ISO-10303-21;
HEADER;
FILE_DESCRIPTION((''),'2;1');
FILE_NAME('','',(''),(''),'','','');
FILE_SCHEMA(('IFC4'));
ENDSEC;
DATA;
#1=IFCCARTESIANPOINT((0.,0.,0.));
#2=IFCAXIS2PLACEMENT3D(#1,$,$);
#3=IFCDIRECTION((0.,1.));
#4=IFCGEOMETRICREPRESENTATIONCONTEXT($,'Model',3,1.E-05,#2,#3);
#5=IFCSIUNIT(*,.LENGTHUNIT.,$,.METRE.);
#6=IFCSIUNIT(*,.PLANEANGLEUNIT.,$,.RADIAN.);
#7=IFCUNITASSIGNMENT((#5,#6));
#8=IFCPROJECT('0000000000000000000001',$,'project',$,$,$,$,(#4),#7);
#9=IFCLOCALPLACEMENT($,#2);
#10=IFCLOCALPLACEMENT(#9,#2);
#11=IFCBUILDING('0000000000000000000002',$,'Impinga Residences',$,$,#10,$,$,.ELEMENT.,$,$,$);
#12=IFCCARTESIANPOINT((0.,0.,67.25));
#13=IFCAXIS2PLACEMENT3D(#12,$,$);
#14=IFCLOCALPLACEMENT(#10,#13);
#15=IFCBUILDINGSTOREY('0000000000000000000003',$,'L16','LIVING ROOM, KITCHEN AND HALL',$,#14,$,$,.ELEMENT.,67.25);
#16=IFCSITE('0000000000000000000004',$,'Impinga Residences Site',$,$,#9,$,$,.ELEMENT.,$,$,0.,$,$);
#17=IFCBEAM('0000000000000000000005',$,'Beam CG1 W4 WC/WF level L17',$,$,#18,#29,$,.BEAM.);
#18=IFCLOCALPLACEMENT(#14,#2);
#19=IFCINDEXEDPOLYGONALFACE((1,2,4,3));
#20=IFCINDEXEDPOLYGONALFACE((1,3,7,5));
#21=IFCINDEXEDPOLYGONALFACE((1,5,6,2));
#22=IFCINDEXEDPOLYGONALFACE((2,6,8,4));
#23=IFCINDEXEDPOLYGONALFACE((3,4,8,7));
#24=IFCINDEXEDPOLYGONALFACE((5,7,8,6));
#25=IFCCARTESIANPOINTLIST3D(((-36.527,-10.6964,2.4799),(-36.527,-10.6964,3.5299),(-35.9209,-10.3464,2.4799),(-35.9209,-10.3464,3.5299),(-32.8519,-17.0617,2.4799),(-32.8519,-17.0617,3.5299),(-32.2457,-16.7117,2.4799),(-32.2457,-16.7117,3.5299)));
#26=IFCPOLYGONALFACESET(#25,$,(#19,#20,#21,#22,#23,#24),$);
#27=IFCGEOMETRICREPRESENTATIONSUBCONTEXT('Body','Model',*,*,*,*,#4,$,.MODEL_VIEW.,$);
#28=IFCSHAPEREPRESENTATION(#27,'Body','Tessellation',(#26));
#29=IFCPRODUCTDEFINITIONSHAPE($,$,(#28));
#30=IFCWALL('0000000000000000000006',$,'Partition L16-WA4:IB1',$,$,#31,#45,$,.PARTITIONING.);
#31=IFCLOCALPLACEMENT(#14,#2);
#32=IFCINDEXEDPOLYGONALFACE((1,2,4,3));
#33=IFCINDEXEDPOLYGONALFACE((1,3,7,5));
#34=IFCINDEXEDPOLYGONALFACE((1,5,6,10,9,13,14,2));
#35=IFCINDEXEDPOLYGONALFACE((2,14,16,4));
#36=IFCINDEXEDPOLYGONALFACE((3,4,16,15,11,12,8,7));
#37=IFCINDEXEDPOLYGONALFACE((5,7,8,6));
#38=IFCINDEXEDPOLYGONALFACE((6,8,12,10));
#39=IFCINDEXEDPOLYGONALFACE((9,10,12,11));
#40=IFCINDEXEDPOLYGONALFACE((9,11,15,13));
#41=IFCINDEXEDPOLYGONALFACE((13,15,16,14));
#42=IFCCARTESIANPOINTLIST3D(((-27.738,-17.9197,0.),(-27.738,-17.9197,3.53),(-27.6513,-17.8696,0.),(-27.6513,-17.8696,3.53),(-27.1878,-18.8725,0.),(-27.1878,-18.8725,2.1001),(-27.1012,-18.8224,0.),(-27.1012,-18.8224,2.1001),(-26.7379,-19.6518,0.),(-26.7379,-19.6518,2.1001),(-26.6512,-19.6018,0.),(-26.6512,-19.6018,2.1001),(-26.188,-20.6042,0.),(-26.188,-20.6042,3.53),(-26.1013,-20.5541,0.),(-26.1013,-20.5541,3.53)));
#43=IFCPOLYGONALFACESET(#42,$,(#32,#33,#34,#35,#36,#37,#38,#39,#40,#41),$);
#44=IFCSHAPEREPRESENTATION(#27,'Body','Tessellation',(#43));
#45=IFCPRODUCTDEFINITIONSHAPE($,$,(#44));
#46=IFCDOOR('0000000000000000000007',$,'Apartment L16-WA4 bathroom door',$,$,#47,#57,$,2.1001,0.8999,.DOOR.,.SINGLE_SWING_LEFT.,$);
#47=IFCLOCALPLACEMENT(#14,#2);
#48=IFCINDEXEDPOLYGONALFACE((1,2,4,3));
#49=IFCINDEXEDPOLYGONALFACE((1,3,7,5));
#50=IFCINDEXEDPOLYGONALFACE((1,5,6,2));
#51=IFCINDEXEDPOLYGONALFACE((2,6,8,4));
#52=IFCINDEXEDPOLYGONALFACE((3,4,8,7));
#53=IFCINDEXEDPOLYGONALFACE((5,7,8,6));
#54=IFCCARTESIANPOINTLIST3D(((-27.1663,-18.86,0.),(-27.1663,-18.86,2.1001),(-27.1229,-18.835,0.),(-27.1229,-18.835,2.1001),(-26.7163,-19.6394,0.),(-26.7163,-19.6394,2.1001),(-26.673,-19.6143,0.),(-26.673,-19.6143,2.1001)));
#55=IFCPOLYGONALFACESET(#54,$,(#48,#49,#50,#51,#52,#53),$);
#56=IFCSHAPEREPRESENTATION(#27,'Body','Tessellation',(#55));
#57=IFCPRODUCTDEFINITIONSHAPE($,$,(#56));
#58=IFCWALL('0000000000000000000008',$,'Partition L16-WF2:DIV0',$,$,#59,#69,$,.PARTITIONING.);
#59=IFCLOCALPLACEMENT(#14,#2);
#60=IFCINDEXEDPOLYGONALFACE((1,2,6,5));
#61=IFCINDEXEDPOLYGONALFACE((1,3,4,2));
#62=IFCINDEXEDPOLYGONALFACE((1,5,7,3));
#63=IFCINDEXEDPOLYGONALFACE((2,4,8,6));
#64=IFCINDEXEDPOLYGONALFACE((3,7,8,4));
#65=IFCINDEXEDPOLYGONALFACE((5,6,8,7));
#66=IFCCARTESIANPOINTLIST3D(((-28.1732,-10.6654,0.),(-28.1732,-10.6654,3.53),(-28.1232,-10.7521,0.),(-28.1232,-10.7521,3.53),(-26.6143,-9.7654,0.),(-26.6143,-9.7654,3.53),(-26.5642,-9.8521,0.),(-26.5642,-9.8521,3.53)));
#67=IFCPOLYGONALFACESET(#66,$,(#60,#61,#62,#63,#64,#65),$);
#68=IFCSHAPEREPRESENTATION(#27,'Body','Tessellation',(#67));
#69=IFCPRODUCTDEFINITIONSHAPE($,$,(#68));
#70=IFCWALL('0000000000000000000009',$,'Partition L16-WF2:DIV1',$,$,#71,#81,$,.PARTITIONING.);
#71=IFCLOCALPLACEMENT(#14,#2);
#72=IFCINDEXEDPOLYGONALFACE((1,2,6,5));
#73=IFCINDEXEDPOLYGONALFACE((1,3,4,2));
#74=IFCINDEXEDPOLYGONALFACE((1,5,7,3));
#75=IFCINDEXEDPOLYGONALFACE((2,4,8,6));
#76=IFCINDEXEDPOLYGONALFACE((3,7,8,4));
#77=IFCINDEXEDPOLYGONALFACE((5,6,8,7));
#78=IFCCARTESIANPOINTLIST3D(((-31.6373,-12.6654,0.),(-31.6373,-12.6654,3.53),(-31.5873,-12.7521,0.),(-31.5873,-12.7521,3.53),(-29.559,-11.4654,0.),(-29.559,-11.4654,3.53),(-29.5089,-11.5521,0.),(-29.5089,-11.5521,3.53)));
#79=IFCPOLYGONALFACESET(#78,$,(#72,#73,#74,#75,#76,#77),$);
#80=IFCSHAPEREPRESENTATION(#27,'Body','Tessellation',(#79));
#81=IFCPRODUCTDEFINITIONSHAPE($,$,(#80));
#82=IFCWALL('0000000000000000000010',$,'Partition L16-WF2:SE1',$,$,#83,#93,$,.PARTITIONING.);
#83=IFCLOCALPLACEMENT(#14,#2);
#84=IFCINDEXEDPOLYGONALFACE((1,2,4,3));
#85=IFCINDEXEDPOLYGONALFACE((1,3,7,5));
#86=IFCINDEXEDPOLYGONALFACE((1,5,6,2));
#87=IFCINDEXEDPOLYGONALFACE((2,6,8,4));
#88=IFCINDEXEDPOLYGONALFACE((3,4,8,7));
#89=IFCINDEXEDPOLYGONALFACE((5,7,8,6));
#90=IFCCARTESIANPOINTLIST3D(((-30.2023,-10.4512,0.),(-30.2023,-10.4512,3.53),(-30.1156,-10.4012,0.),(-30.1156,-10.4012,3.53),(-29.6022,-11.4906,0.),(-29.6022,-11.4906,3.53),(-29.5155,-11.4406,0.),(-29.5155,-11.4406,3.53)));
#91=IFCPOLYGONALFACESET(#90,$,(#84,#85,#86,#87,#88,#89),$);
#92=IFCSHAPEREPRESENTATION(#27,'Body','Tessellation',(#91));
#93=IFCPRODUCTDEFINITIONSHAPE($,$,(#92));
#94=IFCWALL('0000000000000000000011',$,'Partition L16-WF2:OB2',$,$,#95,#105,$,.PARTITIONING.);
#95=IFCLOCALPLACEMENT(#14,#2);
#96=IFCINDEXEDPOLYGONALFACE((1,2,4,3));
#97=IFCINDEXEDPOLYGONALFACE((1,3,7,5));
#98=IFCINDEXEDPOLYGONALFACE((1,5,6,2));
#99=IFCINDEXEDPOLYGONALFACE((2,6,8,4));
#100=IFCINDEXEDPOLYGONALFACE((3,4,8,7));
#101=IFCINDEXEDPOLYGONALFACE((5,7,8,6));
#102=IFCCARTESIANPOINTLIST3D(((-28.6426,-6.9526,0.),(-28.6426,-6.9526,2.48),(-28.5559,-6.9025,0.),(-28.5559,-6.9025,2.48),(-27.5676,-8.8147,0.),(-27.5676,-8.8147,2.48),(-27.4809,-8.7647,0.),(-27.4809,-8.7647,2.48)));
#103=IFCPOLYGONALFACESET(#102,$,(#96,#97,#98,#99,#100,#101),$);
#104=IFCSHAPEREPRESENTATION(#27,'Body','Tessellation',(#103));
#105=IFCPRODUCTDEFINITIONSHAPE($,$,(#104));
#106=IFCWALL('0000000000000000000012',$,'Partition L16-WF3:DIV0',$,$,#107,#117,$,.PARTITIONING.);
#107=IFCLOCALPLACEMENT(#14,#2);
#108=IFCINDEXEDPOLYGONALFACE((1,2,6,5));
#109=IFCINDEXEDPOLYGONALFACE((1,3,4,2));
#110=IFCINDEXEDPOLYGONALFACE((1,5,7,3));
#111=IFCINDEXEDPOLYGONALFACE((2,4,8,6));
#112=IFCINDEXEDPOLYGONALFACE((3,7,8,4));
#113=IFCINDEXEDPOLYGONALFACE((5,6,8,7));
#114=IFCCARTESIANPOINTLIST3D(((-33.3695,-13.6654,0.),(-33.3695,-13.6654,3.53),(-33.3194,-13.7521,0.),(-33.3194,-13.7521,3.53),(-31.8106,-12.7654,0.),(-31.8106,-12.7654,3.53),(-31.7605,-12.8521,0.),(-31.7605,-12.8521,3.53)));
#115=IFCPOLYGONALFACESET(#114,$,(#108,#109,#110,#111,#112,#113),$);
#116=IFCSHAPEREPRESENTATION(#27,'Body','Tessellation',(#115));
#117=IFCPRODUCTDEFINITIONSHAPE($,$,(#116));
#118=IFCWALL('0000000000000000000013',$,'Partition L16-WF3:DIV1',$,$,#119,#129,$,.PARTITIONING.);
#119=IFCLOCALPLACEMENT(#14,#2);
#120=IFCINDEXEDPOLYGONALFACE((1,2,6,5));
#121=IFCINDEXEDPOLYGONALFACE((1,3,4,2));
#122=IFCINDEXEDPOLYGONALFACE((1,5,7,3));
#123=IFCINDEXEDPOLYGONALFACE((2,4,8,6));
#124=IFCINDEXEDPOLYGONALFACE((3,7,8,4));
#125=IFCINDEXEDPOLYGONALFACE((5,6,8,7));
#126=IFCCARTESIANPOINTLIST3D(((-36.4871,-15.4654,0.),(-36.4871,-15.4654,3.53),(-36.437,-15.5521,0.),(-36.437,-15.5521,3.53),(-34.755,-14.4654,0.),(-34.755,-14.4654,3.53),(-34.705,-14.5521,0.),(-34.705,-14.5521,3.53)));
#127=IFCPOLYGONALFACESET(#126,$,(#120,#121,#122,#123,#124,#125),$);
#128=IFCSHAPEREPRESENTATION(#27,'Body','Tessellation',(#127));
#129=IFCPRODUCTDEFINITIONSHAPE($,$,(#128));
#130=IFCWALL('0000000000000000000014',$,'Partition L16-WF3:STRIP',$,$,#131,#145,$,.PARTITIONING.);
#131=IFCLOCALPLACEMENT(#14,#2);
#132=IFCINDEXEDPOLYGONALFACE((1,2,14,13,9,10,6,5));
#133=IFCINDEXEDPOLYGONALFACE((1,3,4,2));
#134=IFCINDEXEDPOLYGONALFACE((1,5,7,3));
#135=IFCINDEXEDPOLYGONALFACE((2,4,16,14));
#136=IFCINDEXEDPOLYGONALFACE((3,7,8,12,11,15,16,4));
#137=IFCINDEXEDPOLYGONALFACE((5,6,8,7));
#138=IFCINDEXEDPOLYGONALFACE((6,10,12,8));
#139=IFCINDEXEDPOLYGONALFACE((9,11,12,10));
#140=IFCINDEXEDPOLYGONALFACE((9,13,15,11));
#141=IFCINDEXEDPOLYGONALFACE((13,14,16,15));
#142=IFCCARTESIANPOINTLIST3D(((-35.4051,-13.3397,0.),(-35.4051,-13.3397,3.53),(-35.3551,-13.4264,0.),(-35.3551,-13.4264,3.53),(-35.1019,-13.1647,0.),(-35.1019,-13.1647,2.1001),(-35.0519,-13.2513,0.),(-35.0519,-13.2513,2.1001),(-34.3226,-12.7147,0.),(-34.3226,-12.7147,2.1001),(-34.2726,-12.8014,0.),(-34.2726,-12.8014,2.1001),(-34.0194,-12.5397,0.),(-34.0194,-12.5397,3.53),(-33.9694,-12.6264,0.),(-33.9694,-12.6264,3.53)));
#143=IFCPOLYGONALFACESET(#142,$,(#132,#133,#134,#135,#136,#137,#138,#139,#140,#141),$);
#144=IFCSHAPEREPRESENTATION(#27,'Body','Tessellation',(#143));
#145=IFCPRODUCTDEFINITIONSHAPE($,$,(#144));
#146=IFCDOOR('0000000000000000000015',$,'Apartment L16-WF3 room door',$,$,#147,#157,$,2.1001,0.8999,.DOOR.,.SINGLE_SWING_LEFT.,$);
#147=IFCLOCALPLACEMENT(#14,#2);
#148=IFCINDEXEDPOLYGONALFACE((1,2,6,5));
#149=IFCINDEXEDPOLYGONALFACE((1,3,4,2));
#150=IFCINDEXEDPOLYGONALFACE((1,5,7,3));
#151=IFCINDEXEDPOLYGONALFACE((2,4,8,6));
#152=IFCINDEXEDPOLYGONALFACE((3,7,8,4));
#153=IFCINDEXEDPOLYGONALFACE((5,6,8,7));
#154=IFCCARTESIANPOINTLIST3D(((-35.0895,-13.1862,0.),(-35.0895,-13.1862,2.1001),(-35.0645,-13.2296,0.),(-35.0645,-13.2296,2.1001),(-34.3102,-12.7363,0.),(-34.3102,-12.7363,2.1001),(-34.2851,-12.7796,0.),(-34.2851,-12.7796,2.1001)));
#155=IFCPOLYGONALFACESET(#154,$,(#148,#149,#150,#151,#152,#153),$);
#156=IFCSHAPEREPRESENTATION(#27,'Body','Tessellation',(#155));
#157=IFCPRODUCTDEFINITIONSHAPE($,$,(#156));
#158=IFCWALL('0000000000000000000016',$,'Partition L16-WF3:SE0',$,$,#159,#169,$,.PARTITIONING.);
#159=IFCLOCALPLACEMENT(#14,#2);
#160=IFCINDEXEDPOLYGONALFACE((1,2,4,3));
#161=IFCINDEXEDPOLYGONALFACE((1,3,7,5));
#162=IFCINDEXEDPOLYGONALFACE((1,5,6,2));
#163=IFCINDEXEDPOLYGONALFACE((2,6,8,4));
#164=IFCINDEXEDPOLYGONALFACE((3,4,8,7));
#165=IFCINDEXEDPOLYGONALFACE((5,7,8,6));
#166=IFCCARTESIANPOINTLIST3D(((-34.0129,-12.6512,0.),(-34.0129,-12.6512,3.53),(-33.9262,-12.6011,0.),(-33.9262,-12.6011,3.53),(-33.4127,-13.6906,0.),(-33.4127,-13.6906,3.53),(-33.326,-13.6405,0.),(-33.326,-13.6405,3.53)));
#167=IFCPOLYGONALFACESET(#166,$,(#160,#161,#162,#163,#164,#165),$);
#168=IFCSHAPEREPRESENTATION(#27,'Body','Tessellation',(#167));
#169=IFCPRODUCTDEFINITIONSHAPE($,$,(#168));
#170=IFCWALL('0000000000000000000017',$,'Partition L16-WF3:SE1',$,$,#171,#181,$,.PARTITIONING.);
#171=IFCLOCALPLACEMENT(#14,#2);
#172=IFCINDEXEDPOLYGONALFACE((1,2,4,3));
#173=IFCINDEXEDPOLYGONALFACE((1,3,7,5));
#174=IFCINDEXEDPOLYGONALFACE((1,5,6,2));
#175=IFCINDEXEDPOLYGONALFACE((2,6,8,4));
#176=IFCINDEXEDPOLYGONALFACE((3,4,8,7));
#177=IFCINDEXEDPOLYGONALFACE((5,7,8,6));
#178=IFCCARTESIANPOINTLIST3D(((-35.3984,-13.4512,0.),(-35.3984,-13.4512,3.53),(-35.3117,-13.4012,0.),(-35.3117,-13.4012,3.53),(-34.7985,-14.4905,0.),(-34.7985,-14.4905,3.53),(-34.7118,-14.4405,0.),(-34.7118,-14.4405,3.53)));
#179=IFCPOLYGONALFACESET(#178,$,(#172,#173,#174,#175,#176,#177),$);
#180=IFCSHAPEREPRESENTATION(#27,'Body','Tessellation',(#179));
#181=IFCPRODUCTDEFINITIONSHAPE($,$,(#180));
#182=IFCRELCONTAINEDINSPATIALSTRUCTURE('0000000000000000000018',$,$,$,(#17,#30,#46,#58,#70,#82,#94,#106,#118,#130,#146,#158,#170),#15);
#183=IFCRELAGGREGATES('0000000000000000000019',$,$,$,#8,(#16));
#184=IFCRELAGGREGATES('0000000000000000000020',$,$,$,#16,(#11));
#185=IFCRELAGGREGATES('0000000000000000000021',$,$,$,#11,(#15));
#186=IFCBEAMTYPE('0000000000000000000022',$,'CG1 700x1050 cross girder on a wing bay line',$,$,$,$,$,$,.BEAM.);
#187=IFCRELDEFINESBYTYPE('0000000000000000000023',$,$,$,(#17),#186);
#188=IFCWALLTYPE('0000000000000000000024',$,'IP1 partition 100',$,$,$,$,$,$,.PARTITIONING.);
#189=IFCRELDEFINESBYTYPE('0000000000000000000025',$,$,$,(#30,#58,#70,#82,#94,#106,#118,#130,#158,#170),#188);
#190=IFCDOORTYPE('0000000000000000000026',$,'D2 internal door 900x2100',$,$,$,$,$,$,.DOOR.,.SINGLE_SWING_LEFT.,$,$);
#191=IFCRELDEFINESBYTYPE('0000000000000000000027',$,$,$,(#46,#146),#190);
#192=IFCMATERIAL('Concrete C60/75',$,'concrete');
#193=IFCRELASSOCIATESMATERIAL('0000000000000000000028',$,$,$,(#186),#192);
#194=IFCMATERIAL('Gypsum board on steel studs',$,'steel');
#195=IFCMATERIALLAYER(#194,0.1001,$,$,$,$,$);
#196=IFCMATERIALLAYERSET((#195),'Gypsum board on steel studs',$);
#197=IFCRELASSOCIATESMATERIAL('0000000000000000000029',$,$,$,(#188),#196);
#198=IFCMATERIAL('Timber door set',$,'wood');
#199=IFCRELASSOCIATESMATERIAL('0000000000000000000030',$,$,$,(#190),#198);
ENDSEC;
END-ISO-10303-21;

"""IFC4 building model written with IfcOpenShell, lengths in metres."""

from ifc_helpers import new_model, si_unit, direction, frame, frame_2d, origin, origin_2d, place, context, subcontext, project, spatial, rectangle, extrude, material, layer, layer_set, material_profile, profile_set, type_object, element, fill, save


model = new_model("IFC4")

# Units and contexts
model_context = context("Model", 3, precision=1e-05, world=origin(), true_north=direction((0.0, 1.0)))
body_context = subcontext(model_context, "Body", "Model", "MODEL_VIEW")
ifc_project = project(units=[si_unit("LENGTHUNIT", "METRE"), si_unit("PLANEANGLEUNIT", "RADIAN")], contexts=[model_context])

# Site, building, storey
site_placement = place(None, origin())
site = spatial("IfcSite", under=ifc_project, at=site_placement, Name="Impinga Residences Site", CompositionType="ELEMENT", RefElevation=0.0)
building_placement = place(site_placement, origin())
building = spatial("IfcBuilding", under=site, at=building_placement, Name="Impinga Residences", CompositionType="ELEMENT")
storey_placement = place(building_placement, frame((0.0, 0.0, 67.25)))
storey = spatial("IfcBuildingStorey", under=building, at=storey_placement, Name="L16", Description="LIVING ROOM, KITCHEN AND HALL", CompositionType="ELEMENT", Elevation=67.25)

# Beam
ifc_material_1 = material(Name="Concrete C60/75", Category="concrete")
ifc_material_profile = material_profile(ifc_material_1, rectangle(XDim=0.7, YDim=1.05, at=origin_2d()), Name="RC 700x1050")
ifc_profile_set = profile_set([ifc_material_profile], Name="Concrete C60/75")
beam_type = type_object("IfcBeamType", Name="CG1 700x1050 cross girder on a wing bay line", PredefinedType="BEAM", material=ifc_profile_set)
beam_placement = place(storey_placement, frame((-32.5488, -16.8867, 3.0049), z_axis=(-0.500008, 0.866021, 0.0), x_axis=(-0.866021, -0.500008, 0.0)))
element("IfcBeam", 1, at=beam_placement, inside=storey, type_object=beam_type, Name="Beam CG1 W4 WC/WF level L17", PredefinedType="BEAM", context=body_context, shape_type="SweptSolid", body=[
    extrude(rectangle(XDim=0.7, YDim=1.05, at=origin_2d()), origin(), (0.0, 0.0, 1.0), 7.3501),
])

# Wall, opening, door
ifc_material_2 = material(Name="Gypsum board on steel studs", Category="steel")
ifc_layer_1 = layer(ifc_material_2, 0.1001)
ifc_layer_set_1 = layer_set([ifc_layer_1], Name="Gypsum board on steel studs")
wall_type_1 = type_object("IfcWallType", Name="IP1 partition 100", PredefinedType="PARTITIONING", material=ifc_layer_set_1)
wall_1_placement = place(storey_placement, frame((-27.6946, -17.8948, 0.0), z_axis=(0.0, 0.0, 1.0), x_axis=(0.500027, -0.86601, 0.0)))
wall_1 = element("IfcWall", 2, at=wall_1_placement, inside=storey, type_object=wall_type_1, Name="Partition L16-WA4:IB1", PredefinedType="PARTITIONING", context=body_context, shape_type="SweptSolid", body=[
    extrude(rectangle(XDim=3.0999, YDim=0.1001, at=frame_2d((1.5498, 0.0))), origin(), (0.0, 0.0, 1.0), 3.53),
])
opening_1_placement = place(wall_1_placement, frame((1.1001, 0.0, 0.0)))
opening_1 = element("IfcOpeningElement", 3, at=opening_1_placement, cuts=wall_1, PredefinedType="OPENING", context=body_context, shape_type="SweptSolid", body=[
    extrude(rectangle(XDim=0.8999, YDim=2.1001, at=frame_2d((0.45, 1.05))), frame((0.0, 0.0601, 0.0), z_axis=(0.0, -1.0, 0.0), x_axis=(1.0, 0.0, 0.0)), (0.0, 0.0, 1.0), 0.1201),
])
ifc_material_3 = material(Name="Timber door set", Category="wood")
door_type = type_object("IfcDoorType", Name="D2 internal door 900x2100", OperationType="SINGLE_SWING_LEFT", PredefinedType="DOOR", material=ifc_material_3)
door_1_placement = place(opening_1_placement, origin())
door_1 = element("IfcDoor", 4, at=door_1_placement, inside=storey, type_object=door_type, Name="Apartment L16-WA4 bathroom door", OperationType="SINGLE_SWING_LEFT", OverallHeight=2.1001, OverallWidth=0.8999, PredefinedType="DOOR", context=body_context, shape_type="SweptSolid", body=[
    extrude(rectangle(XDim=0.8999, YDim=2.1001, at=frame_2d((0.45, 1.05))), frame((0.0, 0.0249, 0.0), z_axis=(0.0, -1.0, 0.0), x_axis=(1.0, 0.0, 0.0)), (0.0, 0.0, 1.0), 0.05),
])
fill(opening_1, door_1)

# Walls
wall_2_placement = place(storey_placement, frame((-26.5894, -9.8088, 0.0), z_axis=(0.0, 0.0, 1.0), x_axis=(-0.866048, -0.499961, 0.0)))
element("IfcWall", 5, at=wall_2_placement, inside=storey, type_object=wall_type_1, Name="Partition L16-WF2:DIV0", PredefinedType="PARTITIONING", context=body_context, shape_type="SweptSolid", body=[
    extrude(rectangle(XDim=1.8, YDim=0.1001, at=frame_2d((0.8999, 0.0))), origin(), (0.0, 0.0, 1.0), 3.53),
])
wall_3_placement = place(storey_placement, frame((-29.5339, -11.5088, 0.0), z_axis=(0.0, 0.0, 1.0), x_axis=(-0.866025, -0.500001, 0.0)))
element("IfcWall", 6, at=wall_3_placement, inside=storey, type_object=wall_type_1, Name="Partition L16-WF2:DIV1", PredefinedType="PARTITIONING", context=body_context, shape_type="SweptSolid", body=[
    extrude(rectangle(XDim=2.3999, YDim=0.1001, at=frame_2d((1.2, 0.0))), origin(), (0.0, 0.0, 1.0), 3.53),
])
wall_4_placement = place(storey_placement, frame((-29.5588, -11.4656, 0.0), z_axis=(0.0, 0.0, 1.0), x_axis=(-0.500034, 0.866006, 0.0)))
element("IfcWall", 7, at=wall_4_placement, inside=storey, type_object=wall_type_1, Name="Partition L16-WF2:SE1", PredefinedType="PARTITIONING", context=body_context, shape_type="SweptSolid", body=[
    extrude(rectangle(XDim=1.2002, YDim=0.1001, at=frame_2d((0.6001, 0.0))), origin(), (0.0, 0.0, 1.0), 3.53),
])
wall_5_placement = place(storey_placement, frame((-27.5242, -8.7898, 0.0), z_axis=(0.0, 0.0, 1.0), x_axis=(-0.499962, 0.866048, 0.0)))
element("IfcWall", 8, at=wall_5_placement, inside=storey, type_object=wall_type_1, Name="Partition L16-WF2:OB2", PredefinedType="PARTITIONING", context=body_context, shape_type="SweptSolid", body=[
    extrude(rectangle(XDim=2.1501, YDim=0.1001, at=frame_2d((1.0752, 0.0))), origin(), (0.0, 0.0, 1.0), 2.48),
])
wall_6_placement = place(storey_placement, frame((-31.7856, -12.8088, 0.0), z_axis=(0.0, 0.0, 1.0), x_axis=(-0.866048, -0.499961, 0.0)))
element("IfcWall", 9, at=wall_6_placement, inside=storey, type_object=wall_type_1, Name="Partition L16-WF3:DIV0", PredefinedType="PARTITIONING", context=body_context, shape_type="SweptSolid", body=[
    extrude(rectangle(XDim=1.8, YDim=0.1001, at=frame_2d((0.8999, 0.0))), origin(), (0.0, 0.0, 1.0), 3.53),
])
wall_7_placement = place(storey_placement, frame((-34.73, -14.5088, 0.0), z_axis=(0.0, 0.0, 1.0), x_axis=(-0.866041, -0.499973, 0.0)))
element("IfcWall", 10, at=wall_7_placement, inside=storey, type_object=wall_type_1, Name="Partition L16-WF3:DIV1", PredefinedType="PARTITIONING", context=body_context, shape_type="SweptSolid", body=[
    extrude(rectangle(XDim=2.0, YDim=0.1001, at=frame_2d((1.0, 0.0))), origin(), (0.0, 0.0, 1.0), 3.53),
])

# Wall, opening, door
wall_8_placement = place(storey_placement, frame((-33.9944, -12.583, 0.0), z_axis=(0.0, 0.0, 1.0), x_axis=(-0.866028, -0.499995, 0.0)))
wall_8 = element("IfcWall", 11, at=wall_8_placement, inside=storey, type_object=wall_type_1, Name="Partition L16-WF3:STRIP", PredefinedType="PARTITIONING", context=body_context, shape_type="SweptSolid", body=[
    extrude(rectangle(XDim=1.6001, YDim=0.1001, at=frame_2d((0.8, 0.0))), origin(), (0.0, 0.0, 1.0), 3.53),
])
opening_2_placement = place(wall_8_placement, frame((0.3501, 0.0, 0.0)))
opening_2 = element("IfcOpeningElement", 12, at=opening_2_placement, cuts=wall_8, PredefinedType="OPENING", context=body_context, shape_type="SweptSolid", body=[
    extrude(rectangle(XDim=0.8999, YDim=2.1001, at=frame_2d((0.45, 1.05))), frame((0.0, 0.0601, 0.0), z_axis=(0.0, -1.0, 0.0), x_axis=(1.0, 0.0, 0.0)), (0.0, 0.0, 1.0), 0.1201),
])
door_2_placement = place(opening_2_placement, origin())
door_2 = element("IfcDoor", 13, at=door_2_placement, inside=storey, type_object=door_type, Name="Apartment L16-WF3 room door", OperationType="SINGLE_SWING_LEFT", OverallHeight=2.1001, OverallWidth=0.8999, PredefinedType="DOOR", context=body_context, shape_type="SweptSolid", body=[
    extrude(rectangle(XDim=0.8999, YDim=2.1001, at=frame_2d((0.45, 1.05))), frame((0.0, 0.0249, 0.0), z_axis=(0.0, -1.0, 0.0), x_axis=(1.0, 0.0, 0.0)), (0.0, 0.0, 1.0), 0.05),
])
fill(opening_2, door_2)

# Walls
wall_9_placement = place(storey_placement, frame((-33.3694, -13.6655, 0.0), z_axis=(0.0, 0.0, 1.0), x_axis=(-0.500034, 0.866006, 0.0)))
element("IfcWall", 14, at=wall_9_placement, inside=storey, type_object=wall_type_1, Name="Partition L16-WF3:SE0", PredefinedType="PARTITIONING", context=body_context, shape_type="SweptSolid", body=[
    extrude(rectangle(XDim=1.2002, YDim=0.1001, at=frame_2d((0.6001, 0.0))), origin(), (0.0, 0.0, 1.0), 3.53),
])
wall_10_placement = place(storey_placement, frame((-34.7551, -14.4656, 0.0), z_axis=(0.0, 0.0, 1.0), x_axis=(-0.499881, 0.866094, 0.0)))
element("IfcWall", 15, at=wall_10_placement, inside=storey, type_object=wall_type_1, Name="Partition L16-WF3:SE1", PredefinedType="PARTITIONING", context=body_context, shape_type="SweptSolid", body=[
    extrude(rectangle(XDim=1.2, YDim=0.1001, at=frame_2d((0.6001, 0.0))), origin(), (0.0, 0.0, 1.0), 3.53),
])

save(model, "model.ifc")
